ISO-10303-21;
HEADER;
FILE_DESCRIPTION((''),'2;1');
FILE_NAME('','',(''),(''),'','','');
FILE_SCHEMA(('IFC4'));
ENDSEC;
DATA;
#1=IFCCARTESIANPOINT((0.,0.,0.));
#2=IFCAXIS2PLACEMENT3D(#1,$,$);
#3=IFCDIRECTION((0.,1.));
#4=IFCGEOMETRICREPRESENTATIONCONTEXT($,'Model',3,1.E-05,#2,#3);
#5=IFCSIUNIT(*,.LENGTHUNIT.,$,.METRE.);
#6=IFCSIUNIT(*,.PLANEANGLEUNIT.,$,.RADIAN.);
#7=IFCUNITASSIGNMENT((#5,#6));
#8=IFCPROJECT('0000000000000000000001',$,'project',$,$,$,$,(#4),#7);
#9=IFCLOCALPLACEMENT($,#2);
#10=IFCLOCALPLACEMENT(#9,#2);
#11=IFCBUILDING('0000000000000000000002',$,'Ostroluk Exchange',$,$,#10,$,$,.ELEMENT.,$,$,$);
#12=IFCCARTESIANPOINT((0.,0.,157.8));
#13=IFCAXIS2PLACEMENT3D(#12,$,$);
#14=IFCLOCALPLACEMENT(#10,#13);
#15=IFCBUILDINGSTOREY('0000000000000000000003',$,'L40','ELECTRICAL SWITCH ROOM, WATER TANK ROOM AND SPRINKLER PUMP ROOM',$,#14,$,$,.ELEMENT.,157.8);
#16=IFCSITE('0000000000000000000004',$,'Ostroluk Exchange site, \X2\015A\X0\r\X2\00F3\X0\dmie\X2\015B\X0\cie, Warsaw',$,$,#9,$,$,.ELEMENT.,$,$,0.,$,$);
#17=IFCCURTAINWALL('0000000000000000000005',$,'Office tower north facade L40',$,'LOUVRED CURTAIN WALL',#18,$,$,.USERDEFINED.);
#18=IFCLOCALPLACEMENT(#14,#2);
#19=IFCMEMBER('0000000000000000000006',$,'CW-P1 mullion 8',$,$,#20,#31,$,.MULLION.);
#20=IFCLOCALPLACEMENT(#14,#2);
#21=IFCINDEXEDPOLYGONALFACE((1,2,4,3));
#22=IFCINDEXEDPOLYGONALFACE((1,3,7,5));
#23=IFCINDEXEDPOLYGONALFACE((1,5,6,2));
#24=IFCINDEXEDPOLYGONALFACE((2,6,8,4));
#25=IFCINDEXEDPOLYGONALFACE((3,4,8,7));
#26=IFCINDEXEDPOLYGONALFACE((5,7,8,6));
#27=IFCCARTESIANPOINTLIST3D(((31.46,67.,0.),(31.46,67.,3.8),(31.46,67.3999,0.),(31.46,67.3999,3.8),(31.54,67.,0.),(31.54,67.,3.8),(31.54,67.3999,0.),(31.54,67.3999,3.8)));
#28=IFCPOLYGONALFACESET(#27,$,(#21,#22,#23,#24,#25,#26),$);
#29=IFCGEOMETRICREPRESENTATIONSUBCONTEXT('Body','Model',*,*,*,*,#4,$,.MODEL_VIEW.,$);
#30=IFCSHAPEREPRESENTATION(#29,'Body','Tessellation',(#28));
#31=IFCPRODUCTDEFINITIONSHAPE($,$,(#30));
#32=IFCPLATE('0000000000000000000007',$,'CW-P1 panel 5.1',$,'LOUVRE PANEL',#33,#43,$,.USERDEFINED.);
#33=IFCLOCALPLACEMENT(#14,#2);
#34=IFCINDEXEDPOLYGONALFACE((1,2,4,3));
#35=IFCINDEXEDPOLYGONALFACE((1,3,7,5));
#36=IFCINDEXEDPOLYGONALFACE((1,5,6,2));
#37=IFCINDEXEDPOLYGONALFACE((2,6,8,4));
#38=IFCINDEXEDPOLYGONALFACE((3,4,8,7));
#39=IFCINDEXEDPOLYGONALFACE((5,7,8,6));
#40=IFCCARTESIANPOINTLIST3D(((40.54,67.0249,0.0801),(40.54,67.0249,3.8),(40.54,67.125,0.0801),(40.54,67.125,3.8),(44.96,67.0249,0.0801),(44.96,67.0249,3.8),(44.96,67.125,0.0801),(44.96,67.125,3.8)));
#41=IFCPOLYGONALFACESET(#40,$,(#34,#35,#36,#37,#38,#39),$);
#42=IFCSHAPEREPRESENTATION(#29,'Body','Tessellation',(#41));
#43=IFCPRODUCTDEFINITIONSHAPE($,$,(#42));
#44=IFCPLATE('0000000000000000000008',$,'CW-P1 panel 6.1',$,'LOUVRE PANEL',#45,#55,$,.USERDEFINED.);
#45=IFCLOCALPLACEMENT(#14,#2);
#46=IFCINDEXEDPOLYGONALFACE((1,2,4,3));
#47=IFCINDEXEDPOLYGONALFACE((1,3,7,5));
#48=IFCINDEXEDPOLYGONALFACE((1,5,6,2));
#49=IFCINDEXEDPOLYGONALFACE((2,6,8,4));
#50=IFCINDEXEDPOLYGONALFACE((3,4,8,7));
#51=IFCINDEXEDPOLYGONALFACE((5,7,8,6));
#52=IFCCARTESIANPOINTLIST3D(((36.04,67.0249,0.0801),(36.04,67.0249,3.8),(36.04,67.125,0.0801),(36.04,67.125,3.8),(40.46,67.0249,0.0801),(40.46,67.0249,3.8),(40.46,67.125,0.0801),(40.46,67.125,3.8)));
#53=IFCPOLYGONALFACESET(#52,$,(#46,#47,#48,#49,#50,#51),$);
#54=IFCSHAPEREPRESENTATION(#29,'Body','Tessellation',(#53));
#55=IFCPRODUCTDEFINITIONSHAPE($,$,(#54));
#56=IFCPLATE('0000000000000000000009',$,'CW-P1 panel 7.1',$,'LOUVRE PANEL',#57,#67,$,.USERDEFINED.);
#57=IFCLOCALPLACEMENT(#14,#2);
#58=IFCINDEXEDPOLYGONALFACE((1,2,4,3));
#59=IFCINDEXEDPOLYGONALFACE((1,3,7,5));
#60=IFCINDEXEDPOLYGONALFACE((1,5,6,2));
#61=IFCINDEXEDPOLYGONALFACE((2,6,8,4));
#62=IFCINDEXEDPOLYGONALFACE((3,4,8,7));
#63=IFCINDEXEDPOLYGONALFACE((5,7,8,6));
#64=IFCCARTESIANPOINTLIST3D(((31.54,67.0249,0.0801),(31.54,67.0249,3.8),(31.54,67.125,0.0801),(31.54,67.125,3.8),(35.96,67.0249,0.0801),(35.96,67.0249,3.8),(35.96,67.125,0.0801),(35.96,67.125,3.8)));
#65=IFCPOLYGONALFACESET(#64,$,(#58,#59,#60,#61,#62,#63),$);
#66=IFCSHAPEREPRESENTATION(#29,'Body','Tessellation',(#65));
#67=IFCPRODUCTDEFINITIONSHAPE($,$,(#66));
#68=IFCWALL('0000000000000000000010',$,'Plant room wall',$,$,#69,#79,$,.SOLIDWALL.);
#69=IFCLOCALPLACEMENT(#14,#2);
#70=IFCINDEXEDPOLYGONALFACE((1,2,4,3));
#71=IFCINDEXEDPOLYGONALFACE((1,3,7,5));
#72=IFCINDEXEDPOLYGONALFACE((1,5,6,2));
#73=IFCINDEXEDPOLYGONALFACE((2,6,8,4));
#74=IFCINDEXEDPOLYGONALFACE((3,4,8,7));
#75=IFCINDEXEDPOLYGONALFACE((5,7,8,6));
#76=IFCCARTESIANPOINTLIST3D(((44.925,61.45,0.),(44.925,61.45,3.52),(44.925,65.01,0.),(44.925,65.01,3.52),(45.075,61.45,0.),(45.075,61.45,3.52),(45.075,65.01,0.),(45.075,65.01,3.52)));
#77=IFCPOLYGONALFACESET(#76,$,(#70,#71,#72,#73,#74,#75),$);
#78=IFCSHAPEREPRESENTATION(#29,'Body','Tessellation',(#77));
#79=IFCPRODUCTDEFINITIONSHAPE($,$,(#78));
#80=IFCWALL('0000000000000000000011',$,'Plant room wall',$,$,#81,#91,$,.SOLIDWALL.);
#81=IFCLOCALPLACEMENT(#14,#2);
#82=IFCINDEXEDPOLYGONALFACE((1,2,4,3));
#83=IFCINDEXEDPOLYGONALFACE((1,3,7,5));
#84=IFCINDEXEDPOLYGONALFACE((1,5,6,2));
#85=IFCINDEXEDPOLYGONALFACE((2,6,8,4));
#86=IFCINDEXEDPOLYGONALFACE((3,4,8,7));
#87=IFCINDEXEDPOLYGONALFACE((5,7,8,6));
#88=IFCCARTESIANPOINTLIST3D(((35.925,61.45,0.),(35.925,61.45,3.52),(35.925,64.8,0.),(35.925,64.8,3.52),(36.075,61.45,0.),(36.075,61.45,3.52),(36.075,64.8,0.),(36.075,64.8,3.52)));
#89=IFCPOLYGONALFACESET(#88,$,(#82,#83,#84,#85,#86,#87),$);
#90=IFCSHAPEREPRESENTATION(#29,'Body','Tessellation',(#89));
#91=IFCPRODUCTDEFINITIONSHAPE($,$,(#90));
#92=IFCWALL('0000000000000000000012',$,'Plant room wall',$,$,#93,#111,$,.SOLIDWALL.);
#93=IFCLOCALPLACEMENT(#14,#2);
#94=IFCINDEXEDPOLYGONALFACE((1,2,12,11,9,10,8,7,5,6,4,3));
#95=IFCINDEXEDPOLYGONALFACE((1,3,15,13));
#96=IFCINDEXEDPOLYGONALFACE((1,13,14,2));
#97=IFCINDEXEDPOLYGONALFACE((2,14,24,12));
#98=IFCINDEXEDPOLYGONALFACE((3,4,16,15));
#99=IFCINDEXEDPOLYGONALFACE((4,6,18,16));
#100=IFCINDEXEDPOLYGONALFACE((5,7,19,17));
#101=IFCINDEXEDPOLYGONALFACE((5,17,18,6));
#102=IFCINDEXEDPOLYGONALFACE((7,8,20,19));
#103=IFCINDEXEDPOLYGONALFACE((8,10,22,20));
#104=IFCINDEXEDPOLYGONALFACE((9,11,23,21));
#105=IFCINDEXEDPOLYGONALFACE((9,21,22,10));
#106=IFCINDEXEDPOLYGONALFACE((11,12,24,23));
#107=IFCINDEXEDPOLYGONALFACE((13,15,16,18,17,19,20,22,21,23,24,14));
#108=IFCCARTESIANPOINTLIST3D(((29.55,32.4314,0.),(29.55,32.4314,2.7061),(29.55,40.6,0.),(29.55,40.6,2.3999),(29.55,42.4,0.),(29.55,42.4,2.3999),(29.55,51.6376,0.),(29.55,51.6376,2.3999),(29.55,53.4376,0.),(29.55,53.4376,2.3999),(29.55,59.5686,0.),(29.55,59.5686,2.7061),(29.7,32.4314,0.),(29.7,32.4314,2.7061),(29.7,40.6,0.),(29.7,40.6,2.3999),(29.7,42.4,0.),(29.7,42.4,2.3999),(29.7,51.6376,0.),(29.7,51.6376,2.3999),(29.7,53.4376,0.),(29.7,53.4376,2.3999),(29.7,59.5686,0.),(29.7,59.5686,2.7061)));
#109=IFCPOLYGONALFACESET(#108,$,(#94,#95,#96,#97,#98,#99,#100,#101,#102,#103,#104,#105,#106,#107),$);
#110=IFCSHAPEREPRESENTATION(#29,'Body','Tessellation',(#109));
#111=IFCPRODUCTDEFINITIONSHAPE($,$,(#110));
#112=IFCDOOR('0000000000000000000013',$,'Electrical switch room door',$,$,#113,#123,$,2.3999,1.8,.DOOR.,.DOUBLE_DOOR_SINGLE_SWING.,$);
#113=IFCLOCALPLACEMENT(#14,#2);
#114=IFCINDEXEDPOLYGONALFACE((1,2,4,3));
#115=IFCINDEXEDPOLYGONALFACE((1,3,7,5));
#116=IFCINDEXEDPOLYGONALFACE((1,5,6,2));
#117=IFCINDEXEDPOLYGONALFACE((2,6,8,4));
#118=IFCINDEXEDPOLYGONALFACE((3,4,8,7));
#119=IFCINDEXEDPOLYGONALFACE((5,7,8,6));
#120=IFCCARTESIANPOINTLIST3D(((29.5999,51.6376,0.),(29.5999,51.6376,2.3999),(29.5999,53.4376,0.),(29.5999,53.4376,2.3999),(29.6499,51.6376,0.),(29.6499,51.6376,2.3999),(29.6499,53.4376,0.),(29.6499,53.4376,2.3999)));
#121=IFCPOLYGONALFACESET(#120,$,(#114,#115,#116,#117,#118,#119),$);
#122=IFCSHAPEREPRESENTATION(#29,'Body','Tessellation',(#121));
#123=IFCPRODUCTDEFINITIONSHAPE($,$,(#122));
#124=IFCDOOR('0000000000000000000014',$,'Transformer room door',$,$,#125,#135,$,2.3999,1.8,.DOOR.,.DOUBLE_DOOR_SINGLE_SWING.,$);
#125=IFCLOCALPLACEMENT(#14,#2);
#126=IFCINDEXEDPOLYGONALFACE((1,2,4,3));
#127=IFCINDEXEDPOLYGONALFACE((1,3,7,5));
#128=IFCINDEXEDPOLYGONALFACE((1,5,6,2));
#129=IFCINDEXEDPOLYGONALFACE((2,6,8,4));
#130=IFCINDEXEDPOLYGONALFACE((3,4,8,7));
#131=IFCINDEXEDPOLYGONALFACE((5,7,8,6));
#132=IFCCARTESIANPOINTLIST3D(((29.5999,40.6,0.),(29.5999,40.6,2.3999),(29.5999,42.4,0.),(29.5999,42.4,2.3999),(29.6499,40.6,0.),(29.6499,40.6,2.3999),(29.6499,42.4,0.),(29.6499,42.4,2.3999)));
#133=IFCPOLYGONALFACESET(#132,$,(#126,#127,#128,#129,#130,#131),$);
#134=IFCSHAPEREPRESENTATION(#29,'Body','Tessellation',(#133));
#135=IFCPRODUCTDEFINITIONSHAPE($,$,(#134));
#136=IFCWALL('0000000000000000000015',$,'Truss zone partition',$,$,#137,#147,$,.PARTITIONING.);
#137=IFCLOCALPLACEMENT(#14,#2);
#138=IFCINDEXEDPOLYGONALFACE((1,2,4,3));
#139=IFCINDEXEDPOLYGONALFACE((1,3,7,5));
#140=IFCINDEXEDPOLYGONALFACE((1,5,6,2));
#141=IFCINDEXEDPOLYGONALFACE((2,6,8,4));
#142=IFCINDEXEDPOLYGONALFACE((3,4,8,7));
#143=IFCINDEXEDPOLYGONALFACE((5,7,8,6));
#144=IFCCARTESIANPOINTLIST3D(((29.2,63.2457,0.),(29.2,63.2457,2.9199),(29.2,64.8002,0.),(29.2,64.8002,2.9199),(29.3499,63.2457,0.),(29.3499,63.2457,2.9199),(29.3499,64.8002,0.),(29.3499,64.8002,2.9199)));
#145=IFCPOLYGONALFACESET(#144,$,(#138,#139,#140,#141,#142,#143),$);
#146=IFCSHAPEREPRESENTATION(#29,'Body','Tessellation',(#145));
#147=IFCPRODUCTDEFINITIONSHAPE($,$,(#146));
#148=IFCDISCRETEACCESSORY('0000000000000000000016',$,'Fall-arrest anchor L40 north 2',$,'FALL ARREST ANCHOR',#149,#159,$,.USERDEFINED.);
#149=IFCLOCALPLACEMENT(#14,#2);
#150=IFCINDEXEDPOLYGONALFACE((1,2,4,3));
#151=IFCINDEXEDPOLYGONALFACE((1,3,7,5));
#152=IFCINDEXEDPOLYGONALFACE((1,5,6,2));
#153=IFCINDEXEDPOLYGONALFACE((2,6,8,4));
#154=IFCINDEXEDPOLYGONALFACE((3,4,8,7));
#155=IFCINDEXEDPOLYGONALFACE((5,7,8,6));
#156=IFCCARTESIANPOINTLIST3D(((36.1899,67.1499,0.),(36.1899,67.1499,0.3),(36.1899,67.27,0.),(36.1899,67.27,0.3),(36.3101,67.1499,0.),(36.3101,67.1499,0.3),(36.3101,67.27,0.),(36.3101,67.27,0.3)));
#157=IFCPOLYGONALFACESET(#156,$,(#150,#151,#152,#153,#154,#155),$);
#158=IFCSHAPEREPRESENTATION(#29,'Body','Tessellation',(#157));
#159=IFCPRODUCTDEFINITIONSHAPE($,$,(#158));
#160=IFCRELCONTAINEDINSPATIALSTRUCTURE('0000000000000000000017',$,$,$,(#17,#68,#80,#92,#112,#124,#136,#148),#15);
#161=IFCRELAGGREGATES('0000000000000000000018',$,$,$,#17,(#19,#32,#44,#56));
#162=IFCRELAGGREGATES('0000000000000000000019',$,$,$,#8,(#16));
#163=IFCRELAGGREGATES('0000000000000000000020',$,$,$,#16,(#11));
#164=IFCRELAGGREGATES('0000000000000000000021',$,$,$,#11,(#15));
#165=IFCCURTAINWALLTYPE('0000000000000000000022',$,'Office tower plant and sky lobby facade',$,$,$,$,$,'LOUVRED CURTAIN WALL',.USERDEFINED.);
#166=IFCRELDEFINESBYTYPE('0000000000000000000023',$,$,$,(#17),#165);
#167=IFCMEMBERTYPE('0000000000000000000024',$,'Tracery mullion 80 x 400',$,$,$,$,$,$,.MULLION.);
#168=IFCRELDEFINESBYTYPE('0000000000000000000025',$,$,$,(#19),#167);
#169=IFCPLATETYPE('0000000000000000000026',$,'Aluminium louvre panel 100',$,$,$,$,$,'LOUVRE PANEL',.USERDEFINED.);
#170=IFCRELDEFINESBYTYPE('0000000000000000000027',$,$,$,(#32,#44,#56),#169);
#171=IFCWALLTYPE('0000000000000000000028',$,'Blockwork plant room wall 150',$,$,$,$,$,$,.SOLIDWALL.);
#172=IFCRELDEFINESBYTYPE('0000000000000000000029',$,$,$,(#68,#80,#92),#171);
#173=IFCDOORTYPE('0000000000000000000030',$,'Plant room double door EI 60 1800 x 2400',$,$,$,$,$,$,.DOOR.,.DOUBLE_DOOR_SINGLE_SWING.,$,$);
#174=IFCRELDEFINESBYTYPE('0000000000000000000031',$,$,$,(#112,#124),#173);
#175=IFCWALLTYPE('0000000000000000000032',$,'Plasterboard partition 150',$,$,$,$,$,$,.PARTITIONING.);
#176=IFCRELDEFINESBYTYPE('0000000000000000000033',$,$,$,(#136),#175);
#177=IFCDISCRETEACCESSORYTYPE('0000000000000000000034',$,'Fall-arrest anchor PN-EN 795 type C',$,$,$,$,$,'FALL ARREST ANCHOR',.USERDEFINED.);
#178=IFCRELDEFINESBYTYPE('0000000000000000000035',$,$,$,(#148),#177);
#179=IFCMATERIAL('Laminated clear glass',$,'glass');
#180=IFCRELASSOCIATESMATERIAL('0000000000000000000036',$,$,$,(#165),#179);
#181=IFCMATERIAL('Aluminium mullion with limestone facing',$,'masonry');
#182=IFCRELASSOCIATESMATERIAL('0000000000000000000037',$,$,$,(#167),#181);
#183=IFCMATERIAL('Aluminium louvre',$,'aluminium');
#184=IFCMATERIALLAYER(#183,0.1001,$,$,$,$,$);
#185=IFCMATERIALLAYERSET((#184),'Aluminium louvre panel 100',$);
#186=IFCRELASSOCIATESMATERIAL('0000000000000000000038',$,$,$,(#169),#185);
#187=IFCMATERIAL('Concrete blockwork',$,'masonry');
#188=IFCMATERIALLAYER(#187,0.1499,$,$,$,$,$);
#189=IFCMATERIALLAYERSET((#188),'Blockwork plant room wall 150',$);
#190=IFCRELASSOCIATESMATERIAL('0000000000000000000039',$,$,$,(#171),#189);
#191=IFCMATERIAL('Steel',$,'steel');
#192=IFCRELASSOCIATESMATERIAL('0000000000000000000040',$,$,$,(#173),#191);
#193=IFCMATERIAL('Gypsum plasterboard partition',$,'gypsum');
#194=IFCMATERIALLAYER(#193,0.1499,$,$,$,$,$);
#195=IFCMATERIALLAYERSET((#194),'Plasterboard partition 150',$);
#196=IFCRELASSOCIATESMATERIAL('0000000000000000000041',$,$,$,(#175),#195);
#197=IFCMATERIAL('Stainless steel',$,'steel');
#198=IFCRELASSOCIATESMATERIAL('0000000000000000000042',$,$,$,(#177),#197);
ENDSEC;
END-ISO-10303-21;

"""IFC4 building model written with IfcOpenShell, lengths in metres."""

from ifc_helpers import new_model, si_unit, direction, frame, frame_2d, origin, origin_2d, place, context, subcontext, project, spatial, rectangle, extrude, material, layer, layer_set, material_profile, profile_set, type_object, element, fill, aggregate, save


model = new_model("IFC4")

# Units and contexts
model_context = context("Model", 3, precision=1e-05, world=origin(), true_north=direction((0.0, 1.0)))
body_context = subcontext(model_context, "Body", "Model", "MODEL_VIEW")
ifc_project = project(units=[si_unit("LENGTHUNIT", "METRE"), si_unit("PLANEANGLEUNIT", "RADIAN")], contexts=[model_context])

# Site, building, storey
site_placement = place(None, origin())
site = spatial("IfcSite", under=ifc_project, at=site_placement, Name="Ostroluk Exchange site, Śródmieście, Warsaw", CompositionType="ELEMENT", RefElevation=0.0)
building_placement = place(site_placement, origin())
building = spatial("IfcBuilding", under=site, at=building_placement, Name="Ostroluk Exchange", CompositionType="ELEMENT")
storey_placement = place(building_placement, frame((0.0, 0.0, 157.8)))
storey = spatial("IfcBuildingStorey", under=building, at=storey_placement, Name="L40", Description="ELECTRICAL SWITCH ROOM, WATER TANK ROOM AND SPRINKLER PUMP ROOM", CompositionType="ELEMENT", Elevation=157.8)

# Curtain wall, member, plates
ifc_material_1 = material(Name="Laminated clear glass", Category="glass")
curtain_wall_type = type_object("IfcCurtainWallType", Name="Office tower plant and sky lobby facade", ElementType="LOUVRED CURTAIN WALL", PredefinedType="USERDEFINED", material=ifc_material_1)
curtain_wall_placement = place(storey_placement, origin())
curtain_wall = element("IfcCurtainWall", 1, at=curtain_wall_placement, inside=storey, type_object=curtain_wall_type, Name="Office tower north facade L40", ObjectType="LOUVRED CURTAIN WALL", PredefinedType="USERDEFINED")
ifc_material_2 = material(Name="Aluminium mullion with limestone facing", Category="masonry")
ifc_material_profile_1 = material_profile(ifc_material_2, rectangle(XDim=0.3999, YDim=0.0801, at=origin_2d()), Name="Tracery mullion 80 x 400")
ifc_profile_set_1 = profile_set([ifc_material_profile_1], Name="Aluminium mullion with limestone facing")
member_type_1 = type_object("IfcMemberType", Name="Tracery mullion 80 x 400", PredefinedType="MULLION", material=ifc_profile_set_1)
member_1_placement = place(storey_placement, frame((31.5, 67.2, 0.0), z_axis=(0.0, 0.0, 1.0), x_axis=(0.0, -1.0, 0.0)))
member_1 = element("IfcMember", 2, at=member_1_placement, type_object=member_type_1, Name="CW-P1 mullion 8", PredefinedType="MULLION", context=body_context, shape_type="SweptSolid", body=[
    extrude(rectangle(XDim=0.3999, YDim=0.0801, at=origin_2d()), origin(), (0.0, 0.0, 1.0), 3.8),
])
ifc_material_3 = material(Name="Aluminium louvre", Category="aluminium")
ifc_layer_1 = layer(ifc_material_3, 0.1001)
ifc_layer_set_1 = layer_set([ifc_layer_1], Name="Aluminium louvre panel 100")
plate_type = type_object("IfcPlateType", Name="Aluminium louvre panel 100", ElementType="LOUVRE PANEL", PredefinedType="USERDEFINED", material=ifc_layer_set_1)
plate_1_placement = place(storey_placement, frame((42.75, 67.075, 0.0801), z_axis=(0.0, 0.0, 1.0), x_axis=(-1.0, 0.0, 0.0)))
plate_1 = element("IfcPlate", 3, at=plate_1_placement, type_object=plate_type, Name="CW-P1 panel 5.1", ObjectType="LOUVRE PANEL", PredefinedType="USERDEFINED", context=body_context, shape_type="SweptSolid", body=[
    extrude(rectangle(XDim=4.4199, YDim=0.1001, at=origin_2d()), origin(), (0.0, 0.0, 1.0), 3.72),
])
plate_2_placement = place(storey_placement, frame((38.25, 67.075, 0.0801), z_axis=(0.0, 0.0, 1.0), x_axis=(-1.0, 0.0, 0.0)))
plate_2 = element("IfcPlate", 4, at=plate_2_placement, type_object=plate_type, Name="CW-P1 panel 6.1", ObjectType="LOUVRE PANEL", PredefinedType="USERDEFINED", context=body_context, shape_type="SweptSolid", body=[
    extrude(rectangle(XDim=4.4199, YDim=0.1001, at=origin_2d()), origin(), (0.0, 0.0, 1.0), 3.72),
])
plate_3_placement = place(storey_placement, frame((33.75, 67.075, 0.0801), z_axis=(0.0, 0.0, 1.0), x_axis=(-1.0, 0.0, 0.0)))
plate_3 = element("IfcPlate", 5, at=plate_3_placement, type_object=plate_type, Name="CW-P1 panel 7.1", ObjectType="LOUVRE PANEL", PredefinedType="USERDEFINED", context=body_context, shape_type="SweptSolid", body=[
    extrude(rectangle(XDim=4.4199, YDim=0.1001, at=origin_2d()), origin(), (0.0, 0.0, 1.0), 3.72),
])
aggregate(curtain_wall, [member_1, plate_1, plate_2, plate_3])

# Walls
ifc_material_4 = material(Name="Concrete blockwork", Category="masonry")
ifc_layer_2 = layer(ifc_material_4, 0.1499)
ifc_layer_set_2 = layer_set([ifc_layer_2], Name="Blockwork plant room wall 150")
wall_type_1 = type_object("IfcWallType", Name="Blockwork plant room wall 150", PredefinedType="SOLIDWALL", material=ifc_layer_set_2)
wall_1_placement = place(storey_placement, frame((45.0, 61.45, 0.0), z_axis=(0.0, 0.0, 1.0), x_axis=(0.0, 1.0, 0.0)))
element("IfcWall", 6, at=wall_1_placement, inside=storey, type_object=wall_type_1, Name="Plant room wall", PredefinedType="SOLIDWALL", context=body_context, shape_type="SweptSolid", body=[
    extrude(rectangle(XDim=3.5601, YDim=0.1499, at=frame_2d((1.78, 0.0))), origin(), (0.0, 0.0, 1.0), 3.52),
])
wall_2_placement = place(storey_placement, frame((36.0, 61.45, 0.0), z_axis=(0.0, 0.0, 1.0), x_axis=(0.0, 1.0, 0.0)))
element("IfcWall", 7, at=wall_2_placement, inside=storey, type_object=wall_type_1, Name="Plant room wall", PredefinedType="SOLIDWALL", context=body_context, shape_type="SweptSolid", body=[
    extrude(rectangle(XDim=3.3501, YDim=0.1499, at=frame_2d((1.675, 0.0))), origin(), (0.0, 0.0, 1.0), 3.52),
])

# Wall, openings, doors
wall_3_placement = place(storey_placement, frame((29.625, 59.5686, 0.0), z_axis=(0.0, 0.0, 1.0), x_axis=(0.0, -1.0, 0.0)))
wall_3 = element("IfcWall", 8, at=wall_3_placement, inside=storey, type_object=wall_type_1, Name="Plant room wall", PredefinedType="SOLIDWALL", context=body_context, shape_type="SweptSolid", body=[
    extrude(rectangle(XDim=27.1372, YDim=0.1499, at=frame_2d((13.5686, 0.0))), origin(), (0.0, 0.0, 1.0), 2.7061),
])
opening_1_placement = place(wall_3_placement, frame((6.1311, 0.0, 0.0)))
opening_1 = element("IfcOpeningElement", 9, at=opening_1_placement, cuts=wall_3, PredefinedType="OPENING", context=body_context, shape_type="SweptSolid", body=[
    extrude(rectangle(XDim=1.8, YDim=2.3999, at=frame_2d((0.8999, 1.2))), frame((0.0, 0.085, 0.0), z_axis=(0.0, -1.0, 0.0), x_axis=(1.0, 0.0, 0.0)), (0.0, 0.0, 1.0), 0.1699),
])
opening_2_placement = place(wall_3_placement, frame((17.1687, 0.0, 0.0)))
opening_2 = element("IfcOpeningElement", 10, at=opening_2_placement, cuts=wall_3, PredefinedType="OPENING", context=body_context, shape_type="SweptSolid", body=[
    extrude(rectangle(XDim=1.8, YDim=2.3999, at=frame_2d((0.8999, 1.2))), frame((0.0, 0.085, 0.0), z_axis=(0.0, -1.0, 0.0), x_axis=(1.0, 0.0, 0.0)), (0.0, 0.0, 1.0), 0.1699),
])
ifc_material_5 = material(Name="Steel", Category="steel")
door_type = type_object("IfcDoorType", Name="Plant room double door EI 60 1800 x 2400", OperationType="DOUBLE_DOOR_SINGLE_SWING", PredefinedType="DOOR", material=ifc_material_5)
door_1_placement = place(opening_1_placement, origin())
door_1 = element("IfcDoor", 11, at=door_1_placement, inside=storey, type_object=door_type, Name="Electrical switch room door", OperationType="DOUBLE_DOOR_SINGLE_SWING", OverallHeight=2.3999, OverallWidth=1.8, PredefinedType="DOOR", context=body_context, shape_type="SweptSolid", body=[
    extrude(rectangle(XDim=1.8, YDim=2.3999, at=frame_2d((0.8999, 1.2))), frame((0.0, 0.0249, 0.0), z_axis=(0.0, -1.0, 0.0), x_axis=(1.0, 0.0, 0.0)), (0.0, 0.0, 1.0), 0.05),
])
fill(opening_1, door_1)
door_2_placement = place(opening_2_placement, origin())
door_2 = element("IfcDoor", 12, at=door_2_placement, inside=storey, type_object=door_type, Name="Transformer room door", OperationType="DOUBLE_DOOR_SINGLE_SWING", OverallHeight=2.3999, OverallWidth=1.8, PredefinedType="DOOR", context=body_context, shape_type="SweptSolid", body=[
    extrude(rectangle(XDim=1.8, YDim=2.3999, at=frame_2d((0.8999, 1.2))), frame((0.0, 0.0249, 0.0), z_axis=(0.0, -1.0, 0.0), x_axis=(1.0, 0.0, 0.0)), (0.0, 0.0, 1.0), 0.05),
])
fill(opening_2, door_2)

# Wall
ifc_material_6 = material(Name="Gypsum plasterboard partition", Category="gypsum")
ifc_layer_3 = layer(ifc_material_6, 0.1499)
ifc_layer_set_3 = layer_set([ifc_layer_3], Name="Plasterboard partition 150")
wall_type_2 = type_object("IfcWallType", Name="Plasterboard partition 150", PredefinedType="PARTITIONING", material=ifc_layer_set_3)
wall_4_placement = place(storey_placement, frame((29.2749, 63.2456, 0.0), z_axis=(0.0, 0.0, 1.0), x_axis=(0.0, 1.0, 0.0)))
element("IfcWall", 13, at=wall_4_placement, inside=storey, type_object=wall_type_2, Name="Truss zone partition", PredefinedType="PARTITIONING", context=body_context, shape_type="SweptSolid", body=[
    extrude(rectangle(XDim=1.5544, YDim=0.1499, at=frame_2d((0.7773, 0.0))), origin(), (0.0, 0.0, 1.0), 2.9199),
])

# Discrete accessory
ifc_material_7 = material(Name="Stainless steel", Category="steel")
discrete_accessory_type = type_object("IfcDiscreteAccessoryType", Name="Fall-arrest anchor PN-EN 795 type C", ElementType="FALL ARREST ANCHOR", PredefinedType="USERDEFINED", material=ifc_material_7)
discrete_accessory_placement = place(storey_placement, frame((36.25, 67.21, 0.0), z_axis=(0.0, 0.0, 1.0), x_axis=(1.0, 0.0, 0.0)))
element("IfcDiscreteAccessory", 14, at=discrete_accessory_placement, inside=storey, type_object=discrete_accessory_type, Name="Fall-arrest anchor L40 north 2", ObjectType="FALL ARREST ANCHOR", PredefinedType="USERDEFINED", context=body_context, shape_type="SweptSolid", body=[
    extrude(rectangle(XDim=0.1201, YDim=0.1201, at=origin_2d()), origin(), (0.0, 0.0, 1.0), 0.3),
])

save(model, "model.ifc")
